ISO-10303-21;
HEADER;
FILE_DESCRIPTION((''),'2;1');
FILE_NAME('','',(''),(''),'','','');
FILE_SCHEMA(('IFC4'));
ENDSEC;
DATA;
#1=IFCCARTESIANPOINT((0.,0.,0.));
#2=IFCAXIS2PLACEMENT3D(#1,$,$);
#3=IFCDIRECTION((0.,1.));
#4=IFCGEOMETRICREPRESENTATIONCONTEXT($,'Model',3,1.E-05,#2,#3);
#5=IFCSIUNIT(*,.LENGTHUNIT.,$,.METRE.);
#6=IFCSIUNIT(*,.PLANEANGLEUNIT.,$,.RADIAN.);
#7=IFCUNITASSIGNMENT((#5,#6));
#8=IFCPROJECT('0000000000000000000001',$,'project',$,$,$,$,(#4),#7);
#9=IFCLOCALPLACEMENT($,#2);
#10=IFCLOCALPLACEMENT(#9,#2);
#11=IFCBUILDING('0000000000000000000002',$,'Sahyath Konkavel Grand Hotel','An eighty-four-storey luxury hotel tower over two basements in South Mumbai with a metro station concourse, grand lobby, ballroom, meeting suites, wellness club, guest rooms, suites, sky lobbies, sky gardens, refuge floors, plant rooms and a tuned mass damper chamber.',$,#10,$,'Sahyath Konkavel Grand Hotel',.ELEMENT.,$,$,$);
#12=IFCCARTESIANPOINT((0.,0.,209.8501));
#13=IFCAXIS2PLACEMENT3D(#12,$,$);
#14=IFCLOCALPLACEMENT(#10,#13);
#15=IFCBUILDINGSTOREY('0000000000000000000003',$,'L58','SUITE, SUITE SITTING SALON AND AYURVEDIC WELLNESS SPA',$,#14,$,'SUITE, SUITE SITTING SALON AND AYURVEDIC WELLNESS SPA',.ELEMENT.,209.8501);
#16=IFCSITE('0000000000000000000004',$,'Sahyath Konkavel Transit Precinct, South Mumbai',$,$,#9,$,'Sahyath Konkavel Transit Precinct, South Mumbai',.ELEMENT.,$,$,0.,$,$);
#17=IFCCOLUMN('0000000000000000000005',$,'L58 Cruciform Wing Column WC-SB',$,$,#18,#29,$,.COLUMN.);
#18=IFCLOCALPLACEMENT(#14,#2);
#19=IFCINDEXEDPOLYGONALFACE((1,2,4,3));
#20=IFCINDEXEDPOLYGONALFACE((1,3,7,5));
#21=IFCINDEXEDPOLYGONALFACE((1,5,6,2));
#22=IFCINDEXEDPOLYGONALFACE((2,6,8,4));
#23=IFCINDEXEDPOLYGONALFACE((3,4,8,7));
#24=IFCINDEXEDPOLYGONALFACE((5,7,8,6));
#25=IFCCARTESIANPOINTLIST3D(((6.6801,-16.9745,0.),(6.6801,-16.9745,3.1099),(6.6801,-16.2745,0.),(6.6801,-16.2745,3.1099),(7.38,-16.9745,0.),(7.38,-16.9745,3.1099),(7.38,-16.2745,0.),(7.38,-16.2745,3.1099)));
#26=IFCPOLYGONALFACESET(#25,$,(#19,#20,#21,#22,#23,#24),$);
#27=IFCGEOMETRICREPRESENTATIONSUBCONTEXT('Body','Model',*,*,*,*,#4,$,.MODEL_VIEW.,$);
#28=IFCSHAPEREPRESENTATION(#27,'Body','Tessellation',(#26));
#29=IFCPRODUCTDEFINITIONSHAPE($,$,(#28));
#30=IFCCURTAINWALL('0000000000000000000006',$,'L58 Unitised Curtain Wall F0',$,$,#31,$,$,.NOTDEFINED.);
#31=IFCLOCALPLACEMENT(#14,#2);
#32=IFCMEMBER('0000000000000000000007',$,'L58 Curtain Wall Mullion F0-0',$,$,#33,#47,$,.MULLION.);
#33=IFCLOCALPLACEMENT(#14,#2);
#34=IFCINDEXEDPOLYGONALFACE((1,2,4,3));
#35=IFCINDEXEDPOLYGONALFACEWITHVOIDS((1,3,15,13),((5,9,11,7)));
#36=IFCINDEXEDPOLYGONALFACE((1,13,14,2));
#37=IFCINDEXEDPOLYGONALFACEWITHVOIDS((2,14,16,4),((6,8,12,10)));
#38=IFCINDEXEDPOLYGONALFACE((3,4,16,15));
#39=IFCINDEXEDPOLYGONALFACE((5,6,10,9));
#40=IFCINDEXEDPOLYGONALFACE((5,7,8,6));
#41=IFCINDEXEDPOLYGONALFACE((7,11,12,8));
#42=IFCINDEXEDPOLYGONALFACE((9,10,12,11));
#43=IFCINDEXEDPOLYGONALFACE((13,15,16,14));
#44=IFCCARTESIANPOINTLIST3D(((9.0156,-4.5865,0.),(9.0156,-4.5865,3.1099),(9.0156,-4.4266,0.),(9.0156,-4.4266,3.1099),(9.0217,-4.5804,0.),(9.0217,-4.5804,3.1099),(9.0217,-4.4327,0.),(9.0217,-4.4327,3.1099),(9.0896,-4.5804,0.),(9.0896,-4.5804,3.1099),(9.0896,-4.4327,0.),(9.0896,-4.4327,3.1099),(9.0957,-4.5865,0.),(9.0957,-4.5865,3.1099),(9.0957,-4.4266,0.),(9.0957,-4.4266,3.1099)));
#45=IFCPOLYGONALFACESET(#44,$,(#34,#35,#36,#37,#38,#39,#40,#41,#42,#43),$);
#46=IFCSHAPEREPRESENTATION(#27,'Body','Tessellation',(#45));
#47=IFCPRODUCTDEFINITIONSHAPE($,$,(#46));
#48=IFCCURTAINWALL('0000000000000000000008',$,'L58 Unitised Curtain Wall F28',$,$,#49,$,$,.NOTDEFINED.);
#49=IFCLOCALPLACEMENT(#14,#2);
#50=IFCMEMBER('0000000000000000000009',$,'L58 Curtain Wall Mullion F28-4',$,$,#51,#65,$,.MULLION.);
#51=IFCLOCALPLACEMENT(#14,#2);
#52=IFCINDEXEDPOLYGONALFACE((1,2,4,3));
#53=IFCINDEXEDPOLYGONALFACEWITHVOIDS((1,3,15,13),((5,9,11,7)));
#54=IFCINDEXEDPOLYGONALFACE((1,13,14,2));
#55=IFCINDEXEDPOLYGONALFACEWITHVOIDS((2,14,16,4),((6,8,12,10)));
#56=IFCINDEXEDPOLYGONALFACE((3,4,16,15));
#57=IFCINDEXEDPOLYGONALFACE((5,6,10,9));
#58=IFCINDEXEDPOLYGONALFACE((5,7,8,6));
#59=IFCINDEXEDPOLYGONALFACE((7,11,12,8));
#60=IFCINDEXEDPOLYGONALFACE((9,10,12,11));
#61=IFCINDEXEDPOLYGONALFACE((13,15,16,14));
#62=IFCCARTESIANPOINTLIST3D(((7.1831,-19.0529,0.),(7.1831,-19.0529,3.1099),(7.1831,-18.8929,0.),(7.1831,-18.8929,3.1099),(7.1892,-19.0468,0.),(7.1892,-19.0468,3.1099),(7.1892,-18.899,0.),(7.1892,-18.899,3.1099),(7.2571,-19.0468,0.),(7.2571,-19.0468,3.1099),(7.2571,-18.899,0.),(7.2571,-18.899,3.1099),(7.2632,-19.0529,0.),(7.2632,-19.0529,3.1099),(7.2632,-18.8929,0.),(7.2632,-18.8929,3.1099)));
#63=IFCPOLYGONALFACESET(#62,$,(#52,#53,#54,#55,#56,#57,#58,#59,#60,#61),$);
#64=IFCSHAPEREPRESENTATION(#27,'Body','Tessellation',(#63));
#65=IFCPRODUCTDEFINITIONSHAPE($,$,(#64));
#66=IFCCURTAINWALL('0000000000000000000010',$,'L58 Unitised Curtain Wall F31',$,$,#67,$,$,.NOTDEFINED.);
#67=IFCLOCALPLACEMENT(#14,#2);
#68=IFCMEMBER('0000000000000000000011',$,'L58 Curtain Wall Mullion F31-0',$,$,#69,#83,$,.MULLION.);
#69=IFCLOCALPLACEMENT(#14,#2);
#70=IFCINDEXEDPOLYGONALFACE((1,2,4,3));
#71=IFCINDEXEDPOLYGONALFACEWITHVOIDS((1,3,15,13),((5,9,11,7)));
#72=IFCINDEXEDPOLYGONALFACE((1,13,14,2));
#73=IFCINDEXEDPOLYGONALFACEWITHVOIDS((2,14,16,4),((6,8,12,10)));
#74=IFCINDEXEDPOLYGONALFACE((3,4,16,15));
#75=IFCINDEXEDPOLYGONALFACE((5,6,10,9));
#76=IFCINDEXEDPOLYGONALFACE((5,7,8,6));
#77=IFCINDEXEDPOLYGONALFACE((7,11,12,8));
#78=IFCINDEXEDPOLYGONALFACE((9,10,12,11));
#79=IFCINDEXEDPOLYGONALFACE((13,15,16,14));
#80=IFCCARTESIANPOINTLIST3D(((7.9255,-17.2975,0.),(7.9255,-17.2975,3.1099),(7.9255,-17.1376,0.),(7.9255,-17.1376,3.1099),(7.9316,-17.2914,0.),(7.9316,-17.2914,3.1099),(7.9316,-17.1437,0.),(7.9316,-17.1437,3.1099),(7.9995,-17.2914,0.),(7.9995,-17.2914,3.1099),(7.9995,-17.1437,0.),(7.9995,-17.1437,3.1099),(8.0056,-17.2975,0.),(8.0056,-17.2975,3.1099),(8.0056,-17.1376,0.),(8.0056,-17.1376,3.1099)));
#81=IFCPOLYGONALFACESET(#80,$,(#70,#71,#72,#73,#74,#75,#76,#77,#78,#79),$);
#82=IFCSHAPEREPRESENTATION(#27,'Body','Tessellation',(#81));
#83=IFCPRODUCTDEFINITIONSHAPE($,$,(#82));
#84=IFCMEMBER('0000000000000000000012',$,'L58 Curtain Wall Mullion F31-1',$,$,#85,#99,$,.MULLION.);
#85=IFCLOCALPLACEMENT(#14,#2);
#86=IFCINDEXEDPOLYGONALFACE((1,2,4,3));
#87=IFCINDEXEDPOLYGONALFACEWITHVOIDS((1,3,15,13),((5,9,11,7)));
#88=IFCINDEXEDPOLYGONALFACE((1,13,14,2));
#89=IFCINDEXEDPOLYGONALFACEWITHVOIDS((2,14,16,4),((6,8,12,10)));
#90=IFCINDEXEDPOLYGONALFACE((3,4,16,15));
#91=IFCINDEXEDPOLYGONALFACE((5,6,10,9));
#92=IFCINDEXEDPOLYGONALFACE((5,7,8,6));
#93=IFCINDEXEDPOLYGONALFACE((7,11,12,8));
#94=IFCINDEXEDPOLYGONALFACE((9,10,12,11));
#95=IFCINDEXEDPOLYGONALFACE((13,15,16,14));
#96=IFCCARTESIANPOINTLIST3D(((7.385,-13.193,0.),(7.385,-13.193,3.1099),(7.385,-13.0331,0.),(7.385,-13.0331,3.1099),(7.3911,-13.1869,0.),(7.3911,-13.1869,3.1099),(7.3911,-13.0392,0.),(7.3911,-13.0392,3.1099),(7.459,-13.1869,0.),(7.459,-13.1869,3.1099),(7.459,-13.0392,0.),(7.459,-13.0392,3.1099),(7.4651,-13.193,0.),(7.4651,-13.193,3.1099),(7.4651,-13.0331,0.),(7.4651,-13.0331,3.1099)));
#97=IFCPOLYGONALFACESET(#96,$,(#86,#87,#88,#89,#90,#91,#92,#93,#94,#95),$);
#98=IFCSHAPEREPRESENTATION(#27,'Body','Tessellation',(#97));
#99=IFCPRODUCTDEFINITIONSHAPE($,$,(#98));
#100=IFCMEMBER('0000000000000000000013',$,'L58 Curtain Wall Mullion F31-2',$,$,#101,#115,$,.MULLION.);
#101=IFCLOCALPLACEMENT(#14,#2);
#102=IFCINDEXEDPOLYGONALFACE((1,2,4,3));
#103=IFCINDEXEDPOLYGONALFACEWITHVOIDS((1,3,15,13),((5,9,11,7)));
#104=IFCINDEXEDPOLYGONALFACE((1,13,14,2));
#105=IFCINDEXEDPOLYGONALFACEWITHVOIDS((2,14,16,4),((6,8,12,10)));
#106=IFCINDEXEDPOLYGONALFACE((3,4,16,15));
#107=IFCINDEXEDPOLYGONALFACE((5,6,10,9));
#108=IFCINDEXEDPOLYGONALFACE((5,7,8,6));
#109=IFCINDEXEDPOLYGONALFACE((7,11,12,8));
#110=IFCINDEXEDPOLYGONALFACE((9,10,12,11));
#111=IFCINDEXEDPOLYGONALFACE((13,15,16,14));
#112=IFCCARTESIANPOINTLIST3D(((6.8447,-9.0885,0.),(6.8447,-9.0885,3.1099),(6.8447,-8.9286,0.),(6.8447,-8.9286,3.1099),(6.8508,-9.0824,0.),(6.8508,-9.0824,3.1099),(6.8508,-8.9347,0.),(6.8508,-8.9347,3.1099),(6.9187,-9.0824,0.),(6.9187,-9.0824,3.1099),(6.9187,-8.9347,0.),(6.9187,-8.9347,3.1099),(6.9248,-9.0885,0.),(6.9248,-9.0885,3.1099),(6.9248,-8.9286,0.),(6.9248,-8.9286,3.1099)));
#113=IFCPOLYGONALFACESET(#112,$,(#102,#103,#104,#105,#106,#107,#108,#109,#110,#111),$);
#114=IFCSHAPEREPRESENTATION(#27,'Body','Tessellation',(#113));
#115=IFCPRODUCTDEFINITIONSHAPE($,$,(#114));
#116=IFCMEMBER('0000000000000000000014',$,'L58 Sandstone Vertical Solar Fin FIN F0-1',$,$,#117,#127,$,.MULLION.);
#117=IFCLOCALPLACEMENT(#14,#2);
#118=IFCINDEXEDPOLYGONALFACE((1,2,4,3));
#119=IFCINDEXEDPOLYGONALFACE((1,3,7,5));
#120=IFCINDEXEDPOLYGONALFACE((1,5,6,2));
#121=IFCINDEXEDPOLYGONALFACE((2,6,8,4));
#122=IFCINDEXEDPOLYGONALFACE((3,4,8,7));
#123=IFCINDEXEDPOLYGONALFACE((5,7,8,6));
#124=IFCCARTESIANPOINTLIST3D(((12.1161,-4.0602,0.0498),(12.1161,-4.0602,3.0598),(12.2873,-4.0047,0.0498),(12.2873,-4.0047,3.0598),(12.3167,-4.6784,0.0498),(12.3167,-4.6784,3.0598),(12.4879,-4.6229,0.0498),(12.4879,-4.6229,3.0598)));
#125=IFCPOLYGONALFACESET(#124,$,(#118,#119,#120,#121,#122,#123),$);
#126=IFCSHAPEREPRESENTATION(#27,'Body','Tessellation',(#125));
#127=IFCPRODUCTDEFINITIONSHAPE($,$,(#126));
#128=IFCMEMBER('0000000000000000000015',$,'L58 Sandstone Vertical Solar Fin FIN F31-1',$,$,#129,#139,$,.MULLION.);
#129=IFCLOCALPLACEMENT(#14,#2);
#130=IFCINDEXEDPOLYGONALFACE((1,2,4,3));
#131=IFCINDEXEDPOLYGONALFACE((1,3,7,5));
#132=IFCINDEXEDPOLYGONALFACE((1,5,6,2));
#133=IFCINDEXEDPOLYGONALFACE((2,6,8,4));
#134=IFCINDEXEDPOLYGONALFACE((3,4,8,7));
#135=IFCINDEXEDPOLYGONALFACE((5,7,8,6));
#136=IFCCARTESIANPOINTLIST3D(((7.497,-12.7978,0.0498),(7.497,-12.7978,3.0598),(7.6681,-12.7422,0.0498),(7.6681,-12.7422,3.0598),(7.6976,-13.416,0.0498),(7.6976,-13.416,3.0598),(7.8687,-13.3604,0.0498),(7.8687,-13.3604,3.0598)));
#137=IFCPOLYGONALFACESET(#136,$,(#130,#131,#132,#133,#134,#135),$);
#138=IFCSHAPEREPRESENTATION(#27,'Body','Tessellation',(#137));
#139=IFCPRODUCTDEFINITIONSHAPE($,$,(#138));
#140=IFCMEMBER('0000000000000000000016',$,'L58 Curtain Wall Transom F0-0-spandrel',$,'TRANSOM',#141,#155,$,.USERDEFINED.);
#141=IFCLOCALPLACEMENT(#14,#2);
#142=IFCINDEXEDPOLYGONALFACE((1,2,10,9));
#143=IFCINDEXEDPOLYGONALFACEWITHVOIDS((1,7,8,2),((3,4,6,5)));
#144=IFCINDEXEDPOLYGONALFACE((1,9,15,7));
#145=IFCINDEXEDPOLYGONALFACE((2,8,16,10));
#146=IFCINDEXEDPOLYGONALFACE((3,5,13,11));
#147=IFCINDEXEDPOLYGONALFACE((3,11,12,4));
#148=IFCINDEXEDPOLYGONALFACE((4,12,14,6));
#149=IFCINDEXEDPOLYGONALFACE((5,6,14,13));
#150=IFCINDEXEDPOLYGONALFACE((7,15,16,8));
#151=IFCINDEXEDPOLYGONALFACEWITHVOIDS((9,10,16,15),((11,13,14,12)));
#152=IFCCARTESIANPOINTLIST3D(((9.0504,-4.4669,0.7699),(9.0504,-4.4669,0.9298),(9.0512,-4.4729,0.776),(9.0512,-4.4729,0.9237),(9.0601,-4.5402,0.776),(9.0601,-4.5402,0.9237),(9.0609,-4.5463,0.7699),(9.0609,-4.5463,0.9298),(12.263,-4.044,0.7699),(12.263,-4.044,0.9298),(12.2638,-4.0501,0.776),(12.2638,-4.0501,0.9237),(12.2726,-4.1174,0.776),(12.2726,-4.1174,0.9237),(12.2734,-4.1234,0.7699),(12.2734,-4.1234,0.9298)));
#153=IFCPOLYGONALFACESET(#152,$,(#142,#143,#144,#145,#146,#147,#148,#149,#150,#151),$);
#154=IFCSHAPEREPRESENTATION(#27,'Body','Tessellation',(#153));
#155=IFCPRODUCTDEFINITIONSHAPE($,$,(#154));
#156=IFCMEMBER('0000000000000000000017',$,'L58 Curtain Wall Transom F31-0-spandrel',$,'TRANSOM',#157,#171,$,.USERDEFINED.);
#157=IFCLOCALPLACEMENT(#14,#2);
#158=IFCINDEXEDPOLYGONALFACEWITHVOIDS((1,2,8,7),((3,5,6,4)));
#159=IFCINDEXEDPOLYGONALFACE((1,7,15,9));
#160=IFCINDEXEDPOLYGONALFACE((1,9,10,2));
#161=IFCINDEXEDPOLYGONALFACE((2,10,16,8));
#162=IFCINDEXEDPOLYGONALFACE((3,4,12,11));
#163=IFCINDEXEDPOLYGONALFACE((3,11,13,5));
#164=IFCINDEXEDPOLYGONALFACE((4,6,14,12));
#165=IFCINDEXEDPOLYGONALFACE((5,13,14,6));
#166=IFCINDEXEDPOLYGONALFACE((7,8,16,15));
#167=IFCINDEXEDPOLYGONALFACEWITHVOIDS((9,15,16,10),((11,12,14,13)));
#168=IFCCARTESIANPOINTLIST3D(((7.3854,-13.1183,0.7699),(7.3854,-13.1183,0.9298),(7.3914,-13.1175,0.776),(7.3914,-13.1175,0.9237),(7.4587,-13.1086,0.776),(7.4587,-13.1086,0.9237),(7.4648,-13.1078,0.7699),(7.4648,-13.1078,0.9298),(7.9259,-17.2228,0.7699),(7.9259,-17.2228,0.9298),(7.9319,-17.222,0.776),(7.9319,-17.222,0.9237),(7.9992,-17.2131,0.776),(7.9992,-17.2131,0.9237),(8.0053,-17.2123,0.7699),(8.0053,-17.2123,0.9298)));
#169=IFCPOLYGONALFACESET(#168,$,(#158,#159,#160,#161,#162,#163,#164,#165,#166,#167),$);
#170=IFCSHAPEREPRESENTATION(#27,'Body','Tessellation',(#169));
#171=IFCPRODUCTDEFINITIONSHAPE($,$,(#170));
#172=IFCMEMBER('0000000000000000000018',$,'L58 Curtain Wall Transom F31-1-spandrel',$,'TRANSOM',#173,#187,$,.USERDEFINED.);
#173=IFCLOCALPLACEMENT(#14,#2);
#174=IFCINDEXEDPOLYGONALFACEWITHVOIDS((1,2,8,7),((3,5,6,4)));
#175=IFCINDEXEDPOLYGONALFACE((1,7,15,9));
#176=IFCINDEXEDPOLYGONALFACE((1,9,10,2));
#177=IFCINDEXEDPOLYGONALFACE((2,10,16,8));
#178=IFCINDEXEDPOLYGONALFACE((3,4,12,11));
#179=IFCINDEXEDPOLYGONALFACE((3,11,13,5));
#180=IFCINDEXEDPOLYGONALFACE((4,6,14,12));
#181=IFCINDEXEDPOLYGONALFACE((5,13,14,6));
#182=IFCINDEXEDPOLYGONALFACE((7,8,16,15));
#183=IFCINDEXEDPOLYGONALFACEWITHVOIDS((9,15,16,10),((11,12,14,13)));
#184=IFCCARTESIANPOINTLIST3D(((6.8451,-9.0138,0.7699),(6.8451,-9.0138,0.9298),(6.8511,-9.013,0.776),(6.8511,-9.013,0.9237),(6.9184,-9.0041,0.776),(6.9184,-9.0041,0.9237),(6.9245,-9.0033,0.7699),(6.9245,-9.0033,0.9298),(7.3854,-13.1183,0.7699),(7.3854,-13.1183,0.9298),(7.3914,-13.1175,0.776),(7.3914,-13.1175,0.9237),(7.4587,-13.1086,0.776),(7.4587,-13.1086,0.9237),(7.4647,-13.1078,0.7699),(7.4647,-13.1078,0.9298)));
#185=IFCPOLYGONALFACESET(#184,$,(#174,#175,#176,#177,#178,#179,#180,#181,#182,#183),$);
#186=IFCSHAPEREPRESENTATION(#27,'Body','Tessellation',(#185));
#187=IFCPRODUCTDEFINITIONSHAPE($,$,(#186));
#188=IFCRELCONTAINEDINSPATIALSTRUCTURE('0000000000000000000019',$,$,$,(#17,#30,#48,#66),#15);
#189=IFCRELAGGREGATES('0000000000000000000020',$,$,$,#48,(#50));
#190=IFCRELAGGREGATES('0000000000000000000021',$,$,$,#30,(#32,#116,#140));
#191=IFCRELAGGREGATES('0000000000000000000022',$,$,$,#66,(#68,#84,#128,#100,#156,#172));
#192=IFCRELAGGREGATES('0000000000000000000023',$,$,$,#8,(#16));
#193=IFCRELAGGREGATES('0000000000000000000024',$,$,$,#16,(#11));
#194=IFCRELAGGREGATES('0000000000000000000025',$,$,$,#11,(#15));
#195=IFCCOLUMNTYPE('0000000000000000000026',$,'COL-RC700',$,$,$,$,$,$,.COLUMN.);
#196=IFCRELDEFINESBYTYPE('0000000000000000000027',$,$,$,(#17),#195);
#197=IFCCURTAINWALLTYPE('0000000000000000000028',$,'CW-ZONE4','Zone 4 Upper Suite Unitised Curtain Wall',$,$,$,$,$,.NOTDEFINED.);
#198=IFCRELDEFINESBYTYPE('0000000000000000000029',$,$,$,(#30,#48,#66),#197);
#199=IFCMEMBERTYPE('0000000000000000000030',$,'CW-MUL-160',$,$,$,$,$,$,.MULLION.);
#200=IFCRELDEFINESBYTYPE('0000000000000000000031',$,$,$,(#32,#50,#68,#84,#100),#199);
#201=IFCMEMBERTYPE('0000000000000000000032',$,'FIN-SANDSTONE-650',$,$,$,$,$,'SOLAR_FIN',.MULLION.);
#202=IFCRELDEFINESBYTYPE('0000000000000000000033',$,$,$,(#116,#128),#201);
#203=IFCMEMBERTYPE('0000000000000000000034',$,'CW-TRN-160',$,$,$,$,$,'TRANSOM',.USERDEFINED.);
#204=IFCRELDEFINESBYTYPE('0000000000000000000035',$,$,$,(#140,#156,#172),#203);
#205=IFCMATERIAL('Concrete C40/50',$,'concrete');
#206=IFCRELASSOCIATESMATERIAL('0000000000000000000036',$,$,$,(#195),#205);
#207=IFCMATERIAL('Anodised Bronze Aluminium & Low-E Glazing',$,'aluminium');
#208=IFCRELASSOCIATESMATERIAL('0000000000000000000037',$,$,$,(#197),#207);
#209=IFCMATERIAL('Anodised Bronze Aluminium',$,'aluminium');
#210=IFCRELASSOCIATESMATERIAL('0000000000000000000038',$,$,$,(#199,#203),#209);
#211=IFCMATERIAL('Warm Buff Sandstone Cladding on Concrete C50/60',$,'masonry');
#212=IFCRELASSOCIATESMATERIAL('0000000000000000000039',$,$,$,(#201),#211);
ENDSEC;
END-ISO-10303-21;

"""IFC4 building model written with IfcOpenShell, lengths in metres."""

from ifc_helpers import new_model, si_unit, direction, frame, origin, origin_2d, place, context, subcontext, project, spatial, rectangle, hollow_rectangle, extrude, source, transform, mapped, material, material_profile, profile_set, type_object, element, aggregate, save


model = new_model("IFC4")

# Units and contexts
model_context = context("Model", 3, precision=1e-05, world=origin(), true_north=direction((0.0, 1.0)))
body_context = subcontext(model_context, "Body", "Model", "MODEL_VIEW")
ifc_project = project(units=[si_unit("LENGTHUNIT", "METRE"), si_unit("PLANEANGLEUNIT", "RADIAN")], contexts=[model_context])

# Site, building, storey
site_placement = place(None, origin())
site = spatial("IfcSite", under=ifc_project, at=site_placement, Name="Sahyath Konkavel Transit Precinct, South Mumbai", LongName="Sahyath Konkavel Transit Precinct, South Mumbai", CompositionType="ELEMENT", RefElevation=0.0)
building_placement = place(site_placement, origin())
building = spatial("IfcBuilding", under=site, at=building_placement, Name="Sahyath Konkavel Grand Hotel", Description="An eighty-four-storey luxury hotel tower over two basements in South Mumbai with a metro station concourse, grand lobby, ballroom, meeting suites, wellness club, guest rooms, suites, sky lobbies, sky gardens, refuge floors, plant rooms and a tuned mass damper chamber.", LongName="Sahyath Konkavel Grand Hotel", CompositionType="ELEMENT")
storey_placement = place(building_placement, frame((0.0, 0.0, 209.8501)))
storey = spatial("IfcBuildingStorey", under=building, at=storey_placement, Name="L58", Description="SUITE, SUITE SITTING SALON AND AYURVEDIC WELLNESS SPA", LongName="SUITE, SUITE SITTING SALON AND AYURVEDIC WELLNESS SPA", CompositionType="ELEMENT", Elevation=209.8501)

# Column
ifc_material_1 = material(Name="Concrete C40/50", Category="concrete")
ifc_material_profile_1 = material_profile(ifc_material_1, rectangle(XDim=0.7, YDim=0.7, at=origin_2d()), Name="RC 700x700")
ifc_profile_set_1 = profile_set([ifc_material_profile_1], Name="Concrete C40/50")
column_type = type_object("IfcColumnType", Name="COL-RC700", PredefinedType="COLUMN", material=ifc_profile_set_1)
shared_shape_1 = source(origin(), body_context, "Body", "SweptSolid", [
    extrude(rectangle(XDim=0.7, YDim=0.7, at=origin_2d()), origin(), (0.0, 0.0, 1.0), 3.1099),
])
column_placement = place(storey_placement, frame((7.03, -16.6245, 0.0), z_axis=(0.0, 0.0, 1.0), x_axis=(1.0, 0.0, 0.0)))
element("IfcColumn", 1, at=column_placement, inside=storey, type_object=column_type, Name="L58 Cruciform Wing Column WC-SB", PredefinedType="COLUMN", context=body_context, shape_type="MappedRepresentation", body=[
    mapped(shared_shape_1, transform((0.0, 0.0, 0.0), scale=1.0)),
])

# Curtain walls, members
ifc_material_2 = material(Name="Anodised Bronze Aluminium & Low-E Glazing", Category="aluminium")
curtain_wall_type = type_object("IfcCurtainWallType", Name="CW-ZONE4", Description="Zone 4 Upper Suite Unitised Curtain Wall", PredefinedType="NOTDEFINED", material=ifc_material_2)
curtain_wall_1_placement = place(storey_placement, origin())
curtain_wall_1 = element("IfcCurtainWall", 2, at=curtain_wall_1_placement, inside=storey, type_object=curtain_wall_type, Name="L58 Unitised Curtain Wall F0", PredefinedType="NOTDEFINED")
ifc_material_3 = material(Name="Anodised Bronze Aluminium", Category="aluminium")
ifc_material_profile_2 = material_profile(ifc_material_3, hollow_rectangle(XDim=0.0801, YDim=0.1599, WallThickness=0.0061, at=origin_2d()), Name="RHS 160x80x6")
ifc_profile_set_2 = profile_set([ifc_material_profile_2], Name="Anodised Bronze Aluminium")
member_type_1 = type_object("IfcMemberType", Name="CW-MUL-160", PredefinedType="MULLION", material=ifc_profile_set_2)
shared_shape_2 = source(origin(), body_context, "Body", "SweptSolid", [
    extrude(hollow_rectangle(XDim=0.0801, YDim=0.1599, WallThickness=0.0061, at=origin_2d()), origin(), (0.0, 0.0, 1.0), 3.1099),
])
member_1_placement = place(storey_placement, frame((9.0557, -4.5066, 0.0), z_axis=(0.0, 0.0, 1.0), x_axis=(1.0, 0.0, 0.0)))
member_1 = element("IfcMember", 3, at=member_1_placement, type_object=member_type_1, Name="L58 Curtain Wall Mullion F0-0", PredefinedType="MULLION", context=body_context, shape_type="MappedRepresentation", body=[
    mapped(shared_shape_2, transform((0.0, 0.0, 0.0), scale=1.0)),
])
curtain_wall_2_placement = place(storey_placement, origin())
curtain_wall_2 = element("IfcCurtainWall", 4, at=curtain_wall_2_placement, inside=storey, type_object=curtain_wall_type, Name="L58 Unitised Curtain Wall F28", PredefinedType="NOTDEFINED")
member_2_placement = place(storey_placement, frame((7.2231, -18.9729, 0.0), z_axis=(0.0, 0.0, 1.0), x_axis=(1.0, 0.0, 0.0)))
member_2 = element("IfcMember", 5, at=member_2_placement, type_object=member_type_1, Name="L58 Curtain Wall Mullion F28-4", PredefinedType="MULLION", context=body_context, shape_type="MappedRepresentation", body=[
    mapped(shared_shape_2, transform((0.0, 0.0, 0.0), scale=1.0)),
])
aggregate(curtain_wall_2, [member_2])

# Curtain wall, members
curtain_wall_3_placement = place(storey_placement, origin())
curtain_wall_3 = element("IfcCurtainWall", 6, at=curtain_wall_3_placement, inside=storey, type_object=curtain_wall_type, Name="L58 Unitised Curtain Wall F31", PredefinedType="NOTDEFINED")
member_3_placement = place(storey_placement, frame((7.9656, -17.2175, 0.0), z_axis=(0.0, 0.0, 1.0), x_axis=(1.0, 0.0, 0.0)))
member_3 = element("IfcMember", 7, at=member_3_placement, type_object=member_type_1, Name="L58 Curtain Wall Mullion F31-0", PredefinedType="MULLION", context=body_context, shape_type="MappedRepresentation", body=[
    mapped(shared_shape_2, transform((0.0, 0.0, 0.0), scale=1.0)),
])
member_4_placement = place(storey_placement, frame((7.425, -13.113, 0.0), z_axis=(0.0, 0.0, 1.0), x_axis=(1.0, 0.0, 0.0)))
member_4 = element("IfcMember", 8, at=member_4_placement, type_object=member_type_1, Name="L58 Curtain Wall Mullion F31-1", PredefinedType="MULLION", context=body_context, shape_type="MappedRepresentation", body=[
    mapped(shared_shape_2, transform((0.0, 0.0, 0.0), scale=1.0)),
])
member_5_placement = place(storey_placement, frame((6.8848, -9.0085, 0.0), z_axis=(0.0, 0.0, 1.0), x_axis=(1.0, 0.0, 0.0)))
member_5 = element("IfcMember", 9, at=member_5_placement, type_object=member_type_1, Name="L58 Curtain Wall Mullion F31-2", PredefinedType="MULLION", context=body_context, shape_type="MappedRepresentation", body=[
    mapped(shared_shape_2, transform((0.0, 0.0, 0.0), scale=1.0)),
])

# Members
ifc_material_4 = material(Name="Warm Buff Sandstone Cladding on Concrete C50/60", Category="masonry")
ifc_material_profile_3 = material_profile(ifc_material_4, rectangle(XDim=0.1799, YDim=0.6499, at=origin_2d()), Name="FIN 180x650")
ifc_profile_set_3 = profile_set([ifc_material_profile_3], Name="Warm Buff Sandstone Cladding on Concrete C50/60")
member_type_2 = type_object("IfcMemberType", Name="FIN-SANDSTONE-650", ElementType="SOLAR_FIN", PredefinedType="MULLION", material=ifc_profile_set_3)
shared_shape_3 = source(origin(), body_context, "Body", "SweptSolid", [
    extrude(rectangle(XDim=0.1799, YDim=0.6499, at=origin_2d()), origin(), (0.0, 0.0, 1.0), 3.01),
])
member_6_placement = place(storey_placement, frame((12.302, -4.3416, 0.0498), z_axis=(0.0, 0.0, 1.0), x_axis=(0.951164, 0.308685, 0.0)))
member_6 = element("IfcMember", 10, at=member_6_placement, type_object=member_type_2, Name="L58 Sandstone Vertical Solar Fin FIN F0-1", PredefinedType="MULLION", context=body_context, shape_type="MappedRepresentation", body=[
    mapped(shared_shape_3, transform((0.0, 0.0, 0.0), scale=1.0)),
])
member_7_placement = place(storey_placement, frame((7.6829, -13.0791, 0.0498), z_axis=(0.0, 0.0, 1.0), x_axis=(0.951164, 0.308685, 0.0)))
member_7 = element("IfcMember", 11, at=member_7_placement, type_object=member_type_2, Name="L58 Sandstone Vertical Solar Fin FIN F31-1", PredefinedType="MULLION", context=body_context, shape_type="MappedRepresentation", body=[
    mapped(shared_shape_3, transform((0.0, 0.0, 0.0), scale=1.0)),
])
ifc_material_profile_4 = material_profile(ifc_material_3, hollow_rectangle(XDim=0.0801, YDim=0.1599, WallThickness=0.0061, at=origin_2d()), Name="RHS 160x80x6")
ifc_profile_set_4 = profile_set([ifc_material_profile_4], Name="Anodised Bronze Aluminium")
member_type_3 = type_object("IfcMemberType", Name="CW-TRN-160", ElementType="TRANSOM", PredefinedType="USERDEFINED", material=ifc_profile_set_4)
shared_shape_4 = source(origin(), body_context, "Body", "SweptSolid", [
    extrude(hollow_rectangle(XDim=0.0801, YDim=0.1599, WallThickness=0.0061, at=origin_2d()), origin(), (0.0, 0.0, 1.0), 3.2402),
])
member_8_placement = place(storey_placement, frame((9.0557, -4.5066, 0.8499), z_axis=(0.991448, 0.130505, 0.0), x_axis=(-0.130505, 0.991448, 0.0)))
member_8 = element("IfcMember", 12, at=member_8_placement, type_object=member_type_3, Name="L58 Curtain Wall Transom F0-0-spandrel", ObjectType="TRANSOM", PredefinedType="USERDEFINED", context=body_context, shape_type="MappedRepresentation", body=[
    mapped(shared_shape_4, transform((0.0, 0.0, 0.0), scale=1.0)),
])
shared_shape_5 = source(origin(), body_context, "Body", "SweptSolid", [
    extrude(hollow_rectangle(XDim=0.0801, YDim=0.1599, WallThickness=0.0061, at=origin_2d()), origin(), (0.0, 0.0, 1.0), 4.1399),
])
member_9_placement = place(storey_placement, frame((7.9656, -17.2175, 0.8499), z_axis=(-0.130564, 0.99144, 0.0), x_axis=(-0.99144, -0.130564, 0.0)))
member_9 = element("IfcMember", 13, at=member_9_placement, type_object=member_type_3, Name="L58 Curtain Wall Transom F31-0-spandrel", ObjectType="TRANSOM", PredefinedType="USERDEFINED", context=body_context, shape_type="MappedRepresentation", body=[
    mapped(shared_shape_5, transform((0.0, 0.0, 0.0), scale=1.0)),
])
member_10_placement = place(storey_placement, frame((7.425, -13.113, 0.8499), z_axis=(-0.130506, 0.991447, 0.0), x_axis=(-0.991447, -0.130506, 0.0)))
member_10 = element("IfcMember", 14, at=member_10_placement, type_object=member_type_3, Name="L58 Curtain Wall Transom F31-1-spandrel", ObjectType="TRANSOM", PredefinedType="USERDEFINED", context=body_context, shape_type="MappedRepresentation", body=[
    mapped(shared_shape_5, transform((0.0, 0.0, 0.0), scale=1.0)),
])

aggregate(curtain_wall_1, [member_1, member_6, member_8])
aggregate(curtain_wall_3, [member_3, member_4, member_7, member_5, member_9, member_10])

save(model, "model.ifc")
